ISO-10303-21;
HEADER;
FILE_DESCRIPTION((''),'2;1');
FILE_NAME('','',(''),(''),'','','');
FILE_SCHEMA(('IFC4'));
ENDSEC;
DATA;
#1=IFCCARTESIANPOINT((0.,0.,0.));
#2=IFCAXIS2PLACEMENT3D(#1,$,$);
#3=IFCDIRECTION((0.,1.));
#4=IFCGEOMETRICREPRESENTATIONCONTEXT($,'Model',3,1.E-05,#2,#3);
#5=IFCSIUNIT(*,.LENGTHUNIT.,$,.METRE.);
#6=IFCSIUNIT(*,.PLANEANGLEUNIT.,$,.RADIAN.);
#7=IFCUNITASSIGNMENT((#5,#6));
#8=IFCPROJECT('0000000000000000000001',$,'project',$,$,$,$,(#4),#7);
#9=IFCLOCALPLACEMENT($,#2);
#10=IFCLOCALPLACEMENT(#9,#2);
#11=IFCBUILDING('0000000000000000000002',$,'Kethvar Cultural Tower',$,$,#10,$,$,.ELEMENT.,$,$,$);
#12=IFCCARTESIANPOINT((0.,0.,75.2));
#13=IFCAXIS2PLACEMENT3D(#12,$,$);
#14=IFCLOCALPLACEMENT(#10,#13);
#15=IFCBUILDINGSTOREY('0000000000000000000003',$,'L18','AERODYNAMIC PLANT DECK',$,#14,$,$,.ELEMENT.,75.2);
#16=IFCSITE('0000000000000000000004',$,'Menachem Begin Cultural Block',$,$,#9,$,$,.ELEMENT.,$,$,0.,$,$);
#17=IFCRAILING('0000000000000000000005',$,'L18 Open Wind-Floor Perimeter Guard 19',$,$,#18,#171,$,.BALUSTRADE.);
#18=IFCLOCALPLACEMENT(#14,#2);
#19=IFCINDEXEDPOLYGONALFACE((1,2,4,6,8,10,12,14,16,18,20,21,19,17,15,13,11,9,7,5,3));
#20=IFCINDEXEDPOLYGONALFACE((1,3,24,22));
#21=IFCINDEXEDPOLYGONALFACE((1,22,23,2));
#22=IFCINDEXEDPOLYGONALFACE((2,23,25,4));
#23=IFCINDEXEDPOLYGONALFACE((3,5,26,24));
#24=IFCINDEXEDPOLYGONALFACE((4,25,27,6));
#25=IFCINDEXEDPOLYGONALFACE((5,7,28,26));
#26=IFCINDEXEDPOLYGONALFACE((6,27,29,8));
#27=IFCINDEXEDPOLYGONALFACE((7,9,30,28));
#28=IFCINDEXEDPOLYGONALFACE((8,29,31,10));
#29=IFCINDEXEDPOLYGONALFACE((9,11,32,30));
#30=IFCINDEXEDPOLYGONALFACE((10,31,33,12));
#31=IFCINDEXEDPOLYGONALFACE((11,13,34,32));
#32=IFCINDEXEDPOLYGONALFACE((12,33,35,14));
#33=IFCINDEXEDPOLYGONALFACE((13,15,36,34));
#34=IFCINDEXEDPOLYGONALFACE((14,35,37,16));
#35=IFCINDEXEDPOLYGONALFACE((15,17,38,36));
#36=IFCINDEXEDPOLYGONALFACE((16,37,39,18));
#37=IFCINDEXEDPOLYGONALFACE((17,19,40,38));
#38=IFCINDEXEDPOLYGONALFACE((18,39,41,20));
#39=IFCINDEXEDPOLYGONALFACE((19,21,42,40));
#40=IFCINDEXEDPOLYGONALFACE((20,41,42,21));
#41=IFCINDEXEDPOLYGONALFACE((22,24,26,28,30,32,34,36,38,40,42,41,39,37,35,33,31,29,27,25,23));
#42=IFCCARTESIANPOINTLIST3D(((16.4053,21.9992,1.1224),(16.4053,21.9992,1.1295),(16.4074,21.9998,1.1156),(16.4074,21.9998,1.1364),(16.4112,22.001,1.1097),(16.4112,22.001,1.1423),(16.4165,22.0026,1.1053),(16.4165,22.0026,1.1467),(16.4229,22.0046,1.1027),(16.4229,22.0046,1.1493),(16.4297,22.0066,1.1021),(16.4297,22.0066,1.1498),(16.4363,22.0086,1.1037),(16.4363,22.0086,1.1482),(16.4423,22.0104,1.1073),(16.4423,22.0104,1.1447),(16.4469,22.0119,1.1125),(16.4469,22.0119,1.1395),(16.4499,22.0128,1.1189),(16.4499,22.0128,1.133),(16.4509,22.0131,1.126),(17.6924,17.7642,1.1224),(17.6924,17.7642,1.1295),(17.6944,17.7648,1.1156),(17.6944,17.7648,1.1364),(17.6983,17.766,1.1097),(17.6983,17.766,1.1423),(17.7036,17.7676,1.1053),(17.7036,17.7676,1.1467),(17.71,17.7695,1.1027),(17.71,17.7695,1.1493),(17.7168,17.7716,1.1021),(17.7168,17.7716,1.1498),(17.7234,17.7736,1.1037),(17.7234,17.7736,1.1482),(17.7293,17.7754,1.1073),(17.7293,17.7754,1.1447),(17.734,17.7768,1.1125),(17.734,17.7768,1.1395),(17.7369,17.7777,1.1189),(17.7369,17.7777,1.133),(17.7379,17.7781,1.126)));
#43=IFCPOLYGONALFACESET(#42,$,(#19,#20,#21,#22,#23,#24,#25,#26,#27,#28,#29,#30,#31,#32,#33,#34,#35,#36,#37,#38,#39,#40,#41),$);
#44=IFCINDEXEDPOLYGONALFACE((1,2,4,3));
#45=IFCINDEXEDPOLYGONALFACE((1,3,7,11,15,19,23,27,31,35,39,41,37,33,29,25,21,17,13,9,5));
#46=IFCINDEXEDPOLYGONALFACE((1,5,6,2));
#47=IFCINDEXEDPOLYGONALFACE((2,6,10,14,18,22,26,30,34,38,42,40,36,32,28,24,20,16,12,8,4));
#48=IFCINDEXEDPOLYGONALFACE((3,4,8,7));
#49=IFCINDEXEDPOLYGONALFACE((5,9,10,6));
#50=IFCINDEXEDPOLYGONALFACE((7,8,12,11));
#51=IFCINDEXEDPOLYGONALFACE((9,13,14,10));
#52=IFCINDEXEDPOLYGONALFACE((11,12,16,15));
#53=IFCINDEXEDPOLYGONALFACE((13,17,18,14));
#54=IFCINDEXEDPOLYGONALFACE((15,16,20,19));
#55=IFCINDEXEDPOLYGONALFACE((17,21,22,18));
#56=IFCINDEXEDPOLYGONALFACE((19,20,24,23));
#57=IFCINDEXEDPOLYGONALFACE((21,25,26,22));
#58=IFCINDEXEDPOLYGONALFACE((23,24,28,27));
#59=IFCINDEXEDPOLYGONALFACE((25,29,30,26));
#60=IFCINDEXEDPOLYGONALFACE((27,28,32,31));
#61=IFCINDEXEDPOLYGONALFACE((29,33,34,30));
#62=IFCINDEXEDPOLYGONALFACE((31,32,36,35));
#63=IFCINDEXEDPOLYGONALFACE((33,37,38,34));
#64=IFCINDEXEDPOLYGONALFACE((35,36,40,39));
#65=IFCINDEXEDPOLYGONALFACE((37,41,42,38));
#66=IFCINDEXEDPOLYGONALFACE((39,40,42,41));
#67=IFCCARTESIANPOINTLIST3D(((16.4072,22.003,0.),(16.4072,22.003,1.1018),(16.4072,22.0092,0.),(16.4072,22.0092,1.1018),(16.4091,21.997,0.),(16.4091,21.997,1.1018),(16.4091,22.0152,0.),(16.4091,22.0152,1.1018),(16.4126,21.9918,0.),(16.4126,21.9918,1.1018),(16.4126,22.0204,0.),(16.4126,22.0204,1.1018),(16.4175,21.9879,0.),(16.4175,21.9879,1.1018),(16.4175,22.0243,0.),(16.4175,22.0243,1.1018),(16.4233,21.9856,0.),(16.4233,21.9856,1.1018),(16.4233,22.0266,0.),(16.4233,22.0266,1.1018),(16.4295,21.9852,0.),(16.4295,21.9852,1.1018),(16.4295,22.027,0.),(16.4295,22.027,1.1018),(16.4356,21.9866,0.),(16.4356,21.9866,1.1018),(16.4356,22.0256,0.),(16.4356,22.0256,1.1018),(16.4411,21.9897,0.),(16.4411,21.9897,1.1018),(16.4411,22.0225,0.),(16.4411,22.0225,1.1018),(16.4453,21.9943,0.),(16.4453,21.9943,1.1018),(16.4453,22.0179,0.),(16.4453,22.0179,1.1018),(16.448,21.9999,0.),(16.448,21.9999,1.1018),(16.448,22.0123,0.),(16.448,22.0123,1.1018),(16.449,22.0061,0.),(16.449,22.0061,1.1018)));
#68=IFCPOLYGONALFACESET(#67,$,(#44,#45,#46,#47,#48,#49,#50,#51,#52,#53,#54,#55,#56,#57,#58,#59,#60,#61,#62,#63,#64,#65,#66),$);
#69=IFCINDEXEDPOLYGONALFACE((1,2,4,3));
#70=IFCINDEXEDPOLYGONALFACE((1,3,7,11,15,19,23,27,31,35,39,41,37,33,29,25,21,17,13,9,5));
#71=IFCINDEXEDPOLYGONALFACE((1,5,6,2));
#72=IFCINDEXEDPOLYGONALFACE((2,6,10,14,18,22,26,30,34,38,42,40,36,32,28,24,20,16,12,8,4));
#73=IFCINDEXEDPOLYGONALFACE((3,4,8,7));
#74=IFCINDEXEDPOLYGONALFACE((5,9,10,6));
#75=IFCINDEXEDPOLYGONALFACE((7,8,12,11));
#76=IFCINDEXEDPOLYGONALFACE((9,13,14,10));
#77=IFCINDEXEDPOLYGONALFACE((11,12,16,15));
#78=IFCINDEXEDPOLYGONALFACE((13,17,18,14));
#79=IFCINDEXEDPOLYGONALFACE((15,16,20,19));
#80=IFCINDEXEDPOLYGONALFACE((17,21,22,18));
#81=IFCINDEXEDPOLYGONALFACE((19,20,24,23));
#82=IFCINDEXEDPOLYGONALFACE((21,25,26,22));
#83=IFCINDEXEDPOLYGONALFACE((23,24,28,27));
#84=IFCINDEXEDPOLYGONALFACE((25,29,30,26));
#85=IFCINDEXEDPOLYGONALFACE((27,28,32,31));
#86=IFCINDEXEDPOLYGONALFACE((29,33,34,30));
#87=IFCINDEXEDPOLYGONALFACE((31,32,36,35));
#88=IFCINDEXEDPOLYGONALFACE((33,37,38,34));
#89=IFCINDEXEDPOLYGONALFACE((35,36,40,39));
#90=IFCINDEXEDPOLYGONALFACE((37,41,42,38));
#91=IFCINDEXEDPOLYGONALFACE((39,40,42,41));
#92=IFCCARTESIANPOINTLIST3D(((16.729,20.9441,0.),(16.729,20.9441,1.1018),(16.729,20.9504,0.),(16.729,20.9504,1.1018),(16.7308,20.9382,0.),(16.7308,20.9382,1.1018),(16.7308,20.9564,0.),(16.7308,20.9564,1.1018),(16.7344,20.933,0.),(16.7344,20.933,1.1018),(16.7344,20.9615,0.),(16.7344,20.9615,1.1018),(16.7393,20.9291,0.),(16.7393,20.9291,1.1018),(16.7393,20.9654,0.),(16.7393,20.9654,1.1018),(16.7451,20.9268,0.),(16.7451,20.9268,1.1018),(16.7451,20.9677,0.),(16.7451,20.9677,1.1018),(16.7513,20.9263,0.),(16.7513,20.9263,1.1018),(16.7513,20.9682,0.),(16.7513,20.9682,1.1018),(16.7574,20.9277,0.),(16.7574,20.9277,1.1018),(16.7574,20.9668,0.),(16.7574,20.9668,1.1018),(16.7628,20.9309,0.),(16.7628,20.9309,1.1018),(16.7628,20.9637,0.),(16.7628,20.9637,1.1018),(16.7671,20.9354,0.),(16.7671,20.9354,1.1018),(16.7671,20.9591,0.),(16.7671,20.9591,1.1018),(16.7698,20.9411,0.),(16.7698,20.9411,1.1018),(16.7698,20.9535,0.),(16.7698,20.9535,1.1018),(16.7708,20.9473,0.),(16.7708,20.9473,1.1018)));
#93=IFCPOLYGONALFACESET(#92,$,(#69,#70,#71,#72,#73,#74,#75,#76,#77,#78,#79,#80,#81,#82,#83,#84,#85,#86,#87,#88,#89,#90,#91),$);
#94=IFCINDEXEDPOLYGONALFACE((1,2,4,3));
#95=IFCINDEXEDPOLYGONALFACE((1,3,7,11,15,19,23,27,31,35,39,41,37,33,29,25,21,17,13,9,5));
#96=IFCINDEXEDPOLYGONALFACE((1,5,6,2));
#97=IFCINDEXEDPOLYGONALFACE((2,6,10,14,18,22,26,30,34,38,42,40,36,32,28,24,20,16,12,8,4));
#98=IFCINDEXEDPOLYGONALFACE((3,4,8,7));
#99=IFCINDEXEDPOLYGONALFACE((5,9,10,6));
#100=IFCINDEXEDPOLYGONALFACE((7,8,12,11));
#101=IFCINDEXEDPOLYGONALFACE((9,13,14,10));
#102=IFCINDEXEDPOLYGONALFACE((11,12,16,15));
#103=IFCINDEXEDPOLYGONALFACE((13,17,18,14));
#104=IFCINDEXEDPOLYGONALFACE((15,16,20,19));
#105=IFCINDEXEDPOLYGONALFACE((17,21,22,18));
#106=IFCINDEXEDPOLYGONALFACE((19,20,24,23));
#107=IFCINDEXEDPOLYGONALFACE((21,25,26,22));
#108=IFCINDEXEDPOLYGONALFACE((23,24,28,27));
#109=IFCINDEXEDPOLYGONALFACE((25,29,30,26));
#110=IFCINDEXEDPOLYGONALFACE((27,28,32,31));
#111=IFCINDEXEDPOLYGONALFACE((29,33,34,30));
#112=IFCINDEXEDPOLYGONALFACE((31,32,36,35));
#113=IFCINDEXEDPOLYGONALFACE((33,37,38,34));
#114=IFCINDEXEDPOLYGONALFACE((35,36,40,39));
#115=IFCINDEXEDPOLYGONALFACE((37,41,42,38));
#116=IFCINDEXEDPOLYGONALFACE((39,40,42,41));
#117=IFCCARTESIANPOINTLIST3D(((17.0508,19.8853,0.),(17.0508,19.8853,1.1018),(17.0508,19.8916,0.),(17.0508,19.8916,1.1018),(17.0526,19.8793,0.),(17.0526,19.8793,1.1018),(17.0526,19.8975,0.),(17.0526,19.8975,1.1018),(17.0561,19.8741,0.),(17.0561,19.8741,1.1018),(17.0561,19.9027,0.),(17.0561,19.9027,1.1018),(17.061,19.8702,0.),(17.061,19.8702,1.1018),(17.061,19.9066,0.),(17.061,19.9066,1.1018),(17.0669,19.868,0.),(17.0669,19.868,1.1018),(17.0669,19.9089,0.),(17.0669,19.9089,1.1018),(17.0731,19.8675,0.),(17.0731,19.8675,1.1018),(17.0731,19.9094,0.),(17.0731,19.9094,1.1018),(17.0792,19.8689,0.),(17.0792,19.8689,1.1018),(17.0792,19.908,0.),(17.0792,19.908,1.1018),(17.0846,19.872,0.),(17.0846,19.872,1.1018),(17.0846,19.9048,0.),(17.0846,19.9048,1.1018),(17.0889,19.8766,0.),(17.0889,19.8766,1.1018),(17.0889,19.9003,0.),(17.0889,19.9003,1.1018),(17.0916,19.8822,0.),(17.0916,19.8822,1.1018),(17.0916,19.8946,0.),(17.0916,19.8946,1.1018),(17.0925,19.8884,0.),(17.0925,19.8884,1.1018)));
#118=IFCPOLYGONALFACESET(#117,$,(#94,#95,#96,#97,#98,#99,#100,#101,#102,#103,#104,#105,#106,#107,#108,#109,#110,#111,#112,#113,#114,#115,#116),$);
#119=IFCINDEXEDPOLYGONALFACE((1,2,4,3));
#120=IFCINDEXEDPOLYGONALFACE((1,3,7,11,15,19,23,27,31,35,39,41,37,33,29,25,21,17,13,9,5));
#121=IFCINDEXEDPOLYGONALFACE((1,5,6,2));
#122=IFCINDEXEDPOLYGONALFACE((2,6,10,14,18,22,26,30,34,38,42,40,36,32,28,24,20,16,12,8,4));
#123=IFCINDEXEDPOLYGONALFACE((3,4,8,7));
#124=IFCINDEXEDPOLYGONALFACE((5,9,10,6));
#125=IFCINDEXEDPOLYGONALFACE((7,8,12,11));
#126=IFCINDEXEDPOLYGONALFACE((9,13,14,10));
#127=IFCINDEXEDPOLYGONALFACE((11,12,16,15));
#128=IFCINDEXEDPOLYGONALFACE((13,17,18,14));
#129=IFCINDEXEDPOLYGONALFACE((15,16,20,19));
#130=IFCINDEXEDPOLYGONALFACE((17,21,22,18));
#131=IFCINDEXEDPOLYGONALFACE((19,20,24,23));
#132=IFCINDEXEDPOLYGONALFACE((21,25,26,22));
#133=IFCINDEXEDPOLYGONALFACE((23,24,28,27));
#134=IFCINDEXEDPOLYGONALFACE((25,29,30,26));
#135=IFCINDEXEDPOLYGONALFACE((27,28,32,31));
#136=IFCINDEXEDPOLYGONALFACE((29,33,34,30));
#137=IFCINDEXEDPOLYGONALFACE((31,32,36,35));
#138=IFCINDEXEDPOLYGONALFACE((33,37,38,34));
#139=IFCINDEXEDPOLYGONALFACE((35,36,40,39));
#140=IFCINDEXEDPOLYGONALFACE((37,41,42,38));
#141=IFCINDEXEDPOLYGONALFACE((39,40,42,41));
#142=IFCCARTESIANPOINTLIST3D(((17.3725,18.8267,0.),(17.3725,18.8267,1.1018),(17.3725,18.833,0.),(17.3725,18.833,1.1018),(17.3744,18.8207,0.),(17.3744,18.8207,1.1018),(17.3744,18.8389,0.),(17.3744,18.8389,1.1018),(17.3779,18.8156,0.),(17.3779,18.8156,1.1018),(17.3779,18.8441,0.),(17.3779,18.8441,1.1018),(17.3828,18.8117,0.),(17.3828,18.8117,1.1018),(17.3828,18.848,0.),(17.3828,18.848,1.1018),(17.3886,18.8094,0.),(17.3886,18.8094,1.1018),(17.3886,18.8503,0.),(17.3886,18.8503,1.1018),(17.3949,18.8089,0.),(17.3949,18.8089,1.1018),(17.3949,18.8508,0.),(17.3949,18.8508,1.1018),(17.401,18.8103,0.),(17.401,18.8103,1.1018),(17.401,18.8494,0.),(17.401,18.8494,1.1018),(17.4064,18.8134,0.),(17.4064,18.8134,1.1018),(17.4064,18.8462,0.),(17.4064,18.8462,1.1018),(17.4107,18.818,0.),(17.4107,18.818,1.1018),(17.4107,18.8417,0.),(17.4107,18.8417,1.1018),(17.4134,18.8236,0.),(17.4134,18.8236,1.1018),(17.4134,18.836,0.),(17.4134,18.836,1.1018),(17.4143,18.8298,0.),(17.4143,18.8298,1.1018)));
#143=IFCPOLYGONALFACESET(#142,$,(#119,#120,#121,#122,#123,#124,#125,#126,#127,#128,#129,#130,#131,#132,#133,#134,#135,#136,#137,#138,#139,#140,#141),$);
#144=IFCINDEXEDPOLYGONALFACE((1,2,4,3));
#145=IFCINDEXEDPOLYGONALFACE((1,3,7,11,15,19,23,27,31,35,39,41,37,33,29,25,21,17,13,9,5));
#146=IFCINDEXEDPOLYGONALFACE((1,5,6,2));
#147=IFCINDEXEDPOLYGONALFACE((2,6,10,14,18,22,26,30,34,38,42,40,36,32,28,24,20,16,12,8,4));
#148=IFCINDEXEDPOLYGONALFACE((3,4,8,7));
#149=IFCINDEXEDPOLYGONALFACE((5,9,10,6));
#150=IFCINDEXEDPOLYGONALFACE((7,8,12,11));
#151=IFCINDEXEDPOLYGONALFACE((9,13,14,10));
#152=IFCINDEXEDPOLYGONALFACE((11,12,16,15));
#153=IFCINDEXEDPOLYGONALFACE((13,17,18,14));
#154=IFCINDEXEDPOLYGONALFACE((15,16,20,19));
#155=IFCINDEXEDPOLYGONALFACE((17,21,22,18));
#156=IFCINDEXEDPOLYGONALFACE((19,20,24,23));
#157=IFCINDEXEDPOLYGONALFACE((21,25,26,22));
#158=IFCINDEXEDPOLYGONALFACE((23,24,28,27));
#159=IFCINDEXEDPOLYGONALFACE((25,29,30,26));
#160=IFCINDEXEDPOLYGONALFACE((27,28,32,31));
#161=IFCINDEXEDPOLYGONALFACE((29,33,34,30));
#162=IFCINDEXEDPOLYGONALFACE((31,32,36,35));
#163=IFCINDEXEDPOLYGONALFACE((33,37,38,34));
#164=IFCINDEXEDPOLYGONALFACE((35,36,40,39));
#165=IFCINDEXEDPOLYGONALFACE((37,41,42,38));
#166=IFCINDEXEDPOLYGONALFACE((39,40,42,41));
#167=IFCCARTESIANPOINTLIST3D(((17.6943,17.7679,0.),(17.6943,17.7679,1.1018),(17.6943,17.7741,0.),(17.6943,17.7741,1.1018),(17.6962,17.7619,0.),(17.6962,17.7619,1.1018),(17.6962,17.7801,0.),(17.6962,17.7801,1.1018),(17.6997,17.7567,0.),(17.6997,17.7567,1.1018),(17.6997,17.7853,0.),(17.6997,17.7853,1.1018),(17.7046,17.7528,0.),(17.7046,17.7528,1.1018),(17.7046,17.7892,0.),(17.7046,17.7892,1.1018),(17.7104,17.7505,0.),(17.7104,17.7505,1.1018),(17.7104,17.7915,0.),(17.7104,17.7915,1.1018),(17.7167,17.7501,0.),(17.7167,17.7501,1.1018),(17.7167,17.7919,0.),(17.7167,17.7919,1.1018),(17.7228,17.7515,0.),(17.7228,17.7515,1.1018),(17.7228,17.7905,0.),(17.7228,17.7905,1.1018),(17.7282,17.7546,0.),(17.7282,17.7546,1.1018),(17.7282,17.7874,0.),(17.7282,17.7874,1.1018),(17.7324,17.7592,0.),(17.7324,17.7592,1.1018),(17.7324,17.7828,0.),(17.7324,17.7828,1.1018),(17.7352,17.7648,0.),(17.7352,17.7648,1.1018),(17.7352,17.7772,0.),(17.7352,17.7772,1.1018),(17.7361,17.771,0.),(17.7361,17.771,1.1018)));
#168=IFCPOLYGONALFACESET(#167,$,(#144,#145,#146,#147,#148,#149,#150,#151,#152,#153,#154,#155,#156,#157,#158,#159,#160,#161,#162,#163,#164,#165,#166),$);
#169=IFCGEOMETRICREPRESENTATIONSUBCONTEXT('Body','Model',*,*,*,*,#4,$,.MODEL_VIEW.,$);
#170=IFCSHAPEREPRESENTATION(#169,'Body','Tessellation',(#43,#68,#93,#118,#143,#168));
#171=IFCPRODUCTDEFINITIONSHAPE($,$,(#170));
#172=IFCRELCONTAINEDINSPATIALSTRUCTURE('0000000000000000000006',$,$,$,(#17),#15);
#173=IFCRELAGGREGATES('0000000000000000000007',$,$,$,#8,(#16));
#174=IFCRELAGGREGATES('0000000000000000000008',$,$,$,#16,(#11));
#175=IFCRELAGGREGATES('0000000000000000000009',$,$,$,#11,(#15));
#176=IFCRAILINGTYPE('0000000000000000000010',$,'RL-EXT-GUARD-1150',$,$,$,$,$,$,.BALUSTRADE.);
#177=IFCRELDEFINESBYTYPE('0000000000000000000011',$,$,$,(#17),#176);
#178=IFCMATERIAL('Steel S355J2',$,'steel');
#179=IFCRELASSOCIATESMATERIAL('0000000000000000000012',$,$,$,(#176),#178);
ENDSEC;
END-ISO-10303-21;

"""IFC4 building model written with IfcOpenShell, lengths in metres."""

from ifc_helpers import new_model, si_unit, direction, frame, origin, origin_2d, place, context, subcontext, project, spatial, circle, extrude, material, type_object, element, save


model = new_model("IFC4")

# Units and contexts
model_context = context("Model", 3, precision=1e-05, world=origin(), true_north=direction((0.0, 1.0)))
body_context = subcontext(model_context, "Body", "Model", "MODEL_VIEW")
ifc_project = project(units=[si_unit("LENGTHUNIT", "METRE"), si_unit("PLANEANGLEUNIT", "RADIAN")], contexts=[model_context])

# Site, building, storey
site_placement = place(None, origin())
site = spatial("IfcSite", under=ifc_project, at=site_placement, Name="Menachem Begin Cultural Block", CompositionType="ELEMENT", RefElevation=0.0)
building_placement = place(site_placement, origin())
building = spatial("IfcBuilding", under=site, at=building_placement, Name="Kethvar Cultural Tower", CompositionType="ELEMENT")
storey_placement = place(building_placement, frame((0.0, 0.0, 75.2)))
storey = spatial("IfcBuildingStorey", under=building, at=storey_placement, Name="L18", Description="AERODYNAMIC PLANT DECK", CompositionType="ELEMENT", Elevation=75.2)

# Shared definitions
ifc_material_1 = material(Name="Steel S355J2", Category="steel")

# Railing
railing_type = type_object("IfcRailingType", Name="RL-EXT-GUARD-1150", PredefinedType="BALUSTRADE", material=ifc_material_1)
railing_1_placement = place(storey_placement, frame((16.428, 22.0061, 0.0)))
element("IfcRailing", 1, at=railing_1_placement, inside=storey, type_object=railing_type, Name="L18 Open Wind-Floor Perimeter Guard 19", PredefinedType="BALUSTRADE", context=body_context, shape_type="SweptSolid", body=[
    extrude(circle(Radius=0.0239, at=origin_2d()), frame((0.0, 0.0, 1.126), z_axis=(0.290782, -0.956789, 0.0), x_axis=(0.956789, 0.290782, 0.0)), (0.0, 0.0, 1.0), 4.4263),
    extrude(circle(Radius=0.021, at=origin_2d()), origin(), (0.0, 0.0, 1.0), 1.1018),
    extrude(circle(Radius=0.021, at=origin_2d()), frame((0.3218, -1.0588, 0.0)), (0.0, 0.0, 1.0), 1.1018),
    extrude(circle(Radius=0.021, at=origin_2d()), frame((0.6436, -2.1177, 0.0)), (0.0, 0.0, 1.0), 1.1018),
    extrude(circle(Radius=0.021, at=origin_2d()), frame((0.9653, -3.1763, 0.0)), (0.0, 0.0, 1.0), 1.1018),
    extrude(circle(Radius=0.021, at=origin_2d()), frame((1.2871, -4.2351, 0.0)), (0.0, 0.0, 1.0), 1.1018),
])

save(model, "model.ifc")
